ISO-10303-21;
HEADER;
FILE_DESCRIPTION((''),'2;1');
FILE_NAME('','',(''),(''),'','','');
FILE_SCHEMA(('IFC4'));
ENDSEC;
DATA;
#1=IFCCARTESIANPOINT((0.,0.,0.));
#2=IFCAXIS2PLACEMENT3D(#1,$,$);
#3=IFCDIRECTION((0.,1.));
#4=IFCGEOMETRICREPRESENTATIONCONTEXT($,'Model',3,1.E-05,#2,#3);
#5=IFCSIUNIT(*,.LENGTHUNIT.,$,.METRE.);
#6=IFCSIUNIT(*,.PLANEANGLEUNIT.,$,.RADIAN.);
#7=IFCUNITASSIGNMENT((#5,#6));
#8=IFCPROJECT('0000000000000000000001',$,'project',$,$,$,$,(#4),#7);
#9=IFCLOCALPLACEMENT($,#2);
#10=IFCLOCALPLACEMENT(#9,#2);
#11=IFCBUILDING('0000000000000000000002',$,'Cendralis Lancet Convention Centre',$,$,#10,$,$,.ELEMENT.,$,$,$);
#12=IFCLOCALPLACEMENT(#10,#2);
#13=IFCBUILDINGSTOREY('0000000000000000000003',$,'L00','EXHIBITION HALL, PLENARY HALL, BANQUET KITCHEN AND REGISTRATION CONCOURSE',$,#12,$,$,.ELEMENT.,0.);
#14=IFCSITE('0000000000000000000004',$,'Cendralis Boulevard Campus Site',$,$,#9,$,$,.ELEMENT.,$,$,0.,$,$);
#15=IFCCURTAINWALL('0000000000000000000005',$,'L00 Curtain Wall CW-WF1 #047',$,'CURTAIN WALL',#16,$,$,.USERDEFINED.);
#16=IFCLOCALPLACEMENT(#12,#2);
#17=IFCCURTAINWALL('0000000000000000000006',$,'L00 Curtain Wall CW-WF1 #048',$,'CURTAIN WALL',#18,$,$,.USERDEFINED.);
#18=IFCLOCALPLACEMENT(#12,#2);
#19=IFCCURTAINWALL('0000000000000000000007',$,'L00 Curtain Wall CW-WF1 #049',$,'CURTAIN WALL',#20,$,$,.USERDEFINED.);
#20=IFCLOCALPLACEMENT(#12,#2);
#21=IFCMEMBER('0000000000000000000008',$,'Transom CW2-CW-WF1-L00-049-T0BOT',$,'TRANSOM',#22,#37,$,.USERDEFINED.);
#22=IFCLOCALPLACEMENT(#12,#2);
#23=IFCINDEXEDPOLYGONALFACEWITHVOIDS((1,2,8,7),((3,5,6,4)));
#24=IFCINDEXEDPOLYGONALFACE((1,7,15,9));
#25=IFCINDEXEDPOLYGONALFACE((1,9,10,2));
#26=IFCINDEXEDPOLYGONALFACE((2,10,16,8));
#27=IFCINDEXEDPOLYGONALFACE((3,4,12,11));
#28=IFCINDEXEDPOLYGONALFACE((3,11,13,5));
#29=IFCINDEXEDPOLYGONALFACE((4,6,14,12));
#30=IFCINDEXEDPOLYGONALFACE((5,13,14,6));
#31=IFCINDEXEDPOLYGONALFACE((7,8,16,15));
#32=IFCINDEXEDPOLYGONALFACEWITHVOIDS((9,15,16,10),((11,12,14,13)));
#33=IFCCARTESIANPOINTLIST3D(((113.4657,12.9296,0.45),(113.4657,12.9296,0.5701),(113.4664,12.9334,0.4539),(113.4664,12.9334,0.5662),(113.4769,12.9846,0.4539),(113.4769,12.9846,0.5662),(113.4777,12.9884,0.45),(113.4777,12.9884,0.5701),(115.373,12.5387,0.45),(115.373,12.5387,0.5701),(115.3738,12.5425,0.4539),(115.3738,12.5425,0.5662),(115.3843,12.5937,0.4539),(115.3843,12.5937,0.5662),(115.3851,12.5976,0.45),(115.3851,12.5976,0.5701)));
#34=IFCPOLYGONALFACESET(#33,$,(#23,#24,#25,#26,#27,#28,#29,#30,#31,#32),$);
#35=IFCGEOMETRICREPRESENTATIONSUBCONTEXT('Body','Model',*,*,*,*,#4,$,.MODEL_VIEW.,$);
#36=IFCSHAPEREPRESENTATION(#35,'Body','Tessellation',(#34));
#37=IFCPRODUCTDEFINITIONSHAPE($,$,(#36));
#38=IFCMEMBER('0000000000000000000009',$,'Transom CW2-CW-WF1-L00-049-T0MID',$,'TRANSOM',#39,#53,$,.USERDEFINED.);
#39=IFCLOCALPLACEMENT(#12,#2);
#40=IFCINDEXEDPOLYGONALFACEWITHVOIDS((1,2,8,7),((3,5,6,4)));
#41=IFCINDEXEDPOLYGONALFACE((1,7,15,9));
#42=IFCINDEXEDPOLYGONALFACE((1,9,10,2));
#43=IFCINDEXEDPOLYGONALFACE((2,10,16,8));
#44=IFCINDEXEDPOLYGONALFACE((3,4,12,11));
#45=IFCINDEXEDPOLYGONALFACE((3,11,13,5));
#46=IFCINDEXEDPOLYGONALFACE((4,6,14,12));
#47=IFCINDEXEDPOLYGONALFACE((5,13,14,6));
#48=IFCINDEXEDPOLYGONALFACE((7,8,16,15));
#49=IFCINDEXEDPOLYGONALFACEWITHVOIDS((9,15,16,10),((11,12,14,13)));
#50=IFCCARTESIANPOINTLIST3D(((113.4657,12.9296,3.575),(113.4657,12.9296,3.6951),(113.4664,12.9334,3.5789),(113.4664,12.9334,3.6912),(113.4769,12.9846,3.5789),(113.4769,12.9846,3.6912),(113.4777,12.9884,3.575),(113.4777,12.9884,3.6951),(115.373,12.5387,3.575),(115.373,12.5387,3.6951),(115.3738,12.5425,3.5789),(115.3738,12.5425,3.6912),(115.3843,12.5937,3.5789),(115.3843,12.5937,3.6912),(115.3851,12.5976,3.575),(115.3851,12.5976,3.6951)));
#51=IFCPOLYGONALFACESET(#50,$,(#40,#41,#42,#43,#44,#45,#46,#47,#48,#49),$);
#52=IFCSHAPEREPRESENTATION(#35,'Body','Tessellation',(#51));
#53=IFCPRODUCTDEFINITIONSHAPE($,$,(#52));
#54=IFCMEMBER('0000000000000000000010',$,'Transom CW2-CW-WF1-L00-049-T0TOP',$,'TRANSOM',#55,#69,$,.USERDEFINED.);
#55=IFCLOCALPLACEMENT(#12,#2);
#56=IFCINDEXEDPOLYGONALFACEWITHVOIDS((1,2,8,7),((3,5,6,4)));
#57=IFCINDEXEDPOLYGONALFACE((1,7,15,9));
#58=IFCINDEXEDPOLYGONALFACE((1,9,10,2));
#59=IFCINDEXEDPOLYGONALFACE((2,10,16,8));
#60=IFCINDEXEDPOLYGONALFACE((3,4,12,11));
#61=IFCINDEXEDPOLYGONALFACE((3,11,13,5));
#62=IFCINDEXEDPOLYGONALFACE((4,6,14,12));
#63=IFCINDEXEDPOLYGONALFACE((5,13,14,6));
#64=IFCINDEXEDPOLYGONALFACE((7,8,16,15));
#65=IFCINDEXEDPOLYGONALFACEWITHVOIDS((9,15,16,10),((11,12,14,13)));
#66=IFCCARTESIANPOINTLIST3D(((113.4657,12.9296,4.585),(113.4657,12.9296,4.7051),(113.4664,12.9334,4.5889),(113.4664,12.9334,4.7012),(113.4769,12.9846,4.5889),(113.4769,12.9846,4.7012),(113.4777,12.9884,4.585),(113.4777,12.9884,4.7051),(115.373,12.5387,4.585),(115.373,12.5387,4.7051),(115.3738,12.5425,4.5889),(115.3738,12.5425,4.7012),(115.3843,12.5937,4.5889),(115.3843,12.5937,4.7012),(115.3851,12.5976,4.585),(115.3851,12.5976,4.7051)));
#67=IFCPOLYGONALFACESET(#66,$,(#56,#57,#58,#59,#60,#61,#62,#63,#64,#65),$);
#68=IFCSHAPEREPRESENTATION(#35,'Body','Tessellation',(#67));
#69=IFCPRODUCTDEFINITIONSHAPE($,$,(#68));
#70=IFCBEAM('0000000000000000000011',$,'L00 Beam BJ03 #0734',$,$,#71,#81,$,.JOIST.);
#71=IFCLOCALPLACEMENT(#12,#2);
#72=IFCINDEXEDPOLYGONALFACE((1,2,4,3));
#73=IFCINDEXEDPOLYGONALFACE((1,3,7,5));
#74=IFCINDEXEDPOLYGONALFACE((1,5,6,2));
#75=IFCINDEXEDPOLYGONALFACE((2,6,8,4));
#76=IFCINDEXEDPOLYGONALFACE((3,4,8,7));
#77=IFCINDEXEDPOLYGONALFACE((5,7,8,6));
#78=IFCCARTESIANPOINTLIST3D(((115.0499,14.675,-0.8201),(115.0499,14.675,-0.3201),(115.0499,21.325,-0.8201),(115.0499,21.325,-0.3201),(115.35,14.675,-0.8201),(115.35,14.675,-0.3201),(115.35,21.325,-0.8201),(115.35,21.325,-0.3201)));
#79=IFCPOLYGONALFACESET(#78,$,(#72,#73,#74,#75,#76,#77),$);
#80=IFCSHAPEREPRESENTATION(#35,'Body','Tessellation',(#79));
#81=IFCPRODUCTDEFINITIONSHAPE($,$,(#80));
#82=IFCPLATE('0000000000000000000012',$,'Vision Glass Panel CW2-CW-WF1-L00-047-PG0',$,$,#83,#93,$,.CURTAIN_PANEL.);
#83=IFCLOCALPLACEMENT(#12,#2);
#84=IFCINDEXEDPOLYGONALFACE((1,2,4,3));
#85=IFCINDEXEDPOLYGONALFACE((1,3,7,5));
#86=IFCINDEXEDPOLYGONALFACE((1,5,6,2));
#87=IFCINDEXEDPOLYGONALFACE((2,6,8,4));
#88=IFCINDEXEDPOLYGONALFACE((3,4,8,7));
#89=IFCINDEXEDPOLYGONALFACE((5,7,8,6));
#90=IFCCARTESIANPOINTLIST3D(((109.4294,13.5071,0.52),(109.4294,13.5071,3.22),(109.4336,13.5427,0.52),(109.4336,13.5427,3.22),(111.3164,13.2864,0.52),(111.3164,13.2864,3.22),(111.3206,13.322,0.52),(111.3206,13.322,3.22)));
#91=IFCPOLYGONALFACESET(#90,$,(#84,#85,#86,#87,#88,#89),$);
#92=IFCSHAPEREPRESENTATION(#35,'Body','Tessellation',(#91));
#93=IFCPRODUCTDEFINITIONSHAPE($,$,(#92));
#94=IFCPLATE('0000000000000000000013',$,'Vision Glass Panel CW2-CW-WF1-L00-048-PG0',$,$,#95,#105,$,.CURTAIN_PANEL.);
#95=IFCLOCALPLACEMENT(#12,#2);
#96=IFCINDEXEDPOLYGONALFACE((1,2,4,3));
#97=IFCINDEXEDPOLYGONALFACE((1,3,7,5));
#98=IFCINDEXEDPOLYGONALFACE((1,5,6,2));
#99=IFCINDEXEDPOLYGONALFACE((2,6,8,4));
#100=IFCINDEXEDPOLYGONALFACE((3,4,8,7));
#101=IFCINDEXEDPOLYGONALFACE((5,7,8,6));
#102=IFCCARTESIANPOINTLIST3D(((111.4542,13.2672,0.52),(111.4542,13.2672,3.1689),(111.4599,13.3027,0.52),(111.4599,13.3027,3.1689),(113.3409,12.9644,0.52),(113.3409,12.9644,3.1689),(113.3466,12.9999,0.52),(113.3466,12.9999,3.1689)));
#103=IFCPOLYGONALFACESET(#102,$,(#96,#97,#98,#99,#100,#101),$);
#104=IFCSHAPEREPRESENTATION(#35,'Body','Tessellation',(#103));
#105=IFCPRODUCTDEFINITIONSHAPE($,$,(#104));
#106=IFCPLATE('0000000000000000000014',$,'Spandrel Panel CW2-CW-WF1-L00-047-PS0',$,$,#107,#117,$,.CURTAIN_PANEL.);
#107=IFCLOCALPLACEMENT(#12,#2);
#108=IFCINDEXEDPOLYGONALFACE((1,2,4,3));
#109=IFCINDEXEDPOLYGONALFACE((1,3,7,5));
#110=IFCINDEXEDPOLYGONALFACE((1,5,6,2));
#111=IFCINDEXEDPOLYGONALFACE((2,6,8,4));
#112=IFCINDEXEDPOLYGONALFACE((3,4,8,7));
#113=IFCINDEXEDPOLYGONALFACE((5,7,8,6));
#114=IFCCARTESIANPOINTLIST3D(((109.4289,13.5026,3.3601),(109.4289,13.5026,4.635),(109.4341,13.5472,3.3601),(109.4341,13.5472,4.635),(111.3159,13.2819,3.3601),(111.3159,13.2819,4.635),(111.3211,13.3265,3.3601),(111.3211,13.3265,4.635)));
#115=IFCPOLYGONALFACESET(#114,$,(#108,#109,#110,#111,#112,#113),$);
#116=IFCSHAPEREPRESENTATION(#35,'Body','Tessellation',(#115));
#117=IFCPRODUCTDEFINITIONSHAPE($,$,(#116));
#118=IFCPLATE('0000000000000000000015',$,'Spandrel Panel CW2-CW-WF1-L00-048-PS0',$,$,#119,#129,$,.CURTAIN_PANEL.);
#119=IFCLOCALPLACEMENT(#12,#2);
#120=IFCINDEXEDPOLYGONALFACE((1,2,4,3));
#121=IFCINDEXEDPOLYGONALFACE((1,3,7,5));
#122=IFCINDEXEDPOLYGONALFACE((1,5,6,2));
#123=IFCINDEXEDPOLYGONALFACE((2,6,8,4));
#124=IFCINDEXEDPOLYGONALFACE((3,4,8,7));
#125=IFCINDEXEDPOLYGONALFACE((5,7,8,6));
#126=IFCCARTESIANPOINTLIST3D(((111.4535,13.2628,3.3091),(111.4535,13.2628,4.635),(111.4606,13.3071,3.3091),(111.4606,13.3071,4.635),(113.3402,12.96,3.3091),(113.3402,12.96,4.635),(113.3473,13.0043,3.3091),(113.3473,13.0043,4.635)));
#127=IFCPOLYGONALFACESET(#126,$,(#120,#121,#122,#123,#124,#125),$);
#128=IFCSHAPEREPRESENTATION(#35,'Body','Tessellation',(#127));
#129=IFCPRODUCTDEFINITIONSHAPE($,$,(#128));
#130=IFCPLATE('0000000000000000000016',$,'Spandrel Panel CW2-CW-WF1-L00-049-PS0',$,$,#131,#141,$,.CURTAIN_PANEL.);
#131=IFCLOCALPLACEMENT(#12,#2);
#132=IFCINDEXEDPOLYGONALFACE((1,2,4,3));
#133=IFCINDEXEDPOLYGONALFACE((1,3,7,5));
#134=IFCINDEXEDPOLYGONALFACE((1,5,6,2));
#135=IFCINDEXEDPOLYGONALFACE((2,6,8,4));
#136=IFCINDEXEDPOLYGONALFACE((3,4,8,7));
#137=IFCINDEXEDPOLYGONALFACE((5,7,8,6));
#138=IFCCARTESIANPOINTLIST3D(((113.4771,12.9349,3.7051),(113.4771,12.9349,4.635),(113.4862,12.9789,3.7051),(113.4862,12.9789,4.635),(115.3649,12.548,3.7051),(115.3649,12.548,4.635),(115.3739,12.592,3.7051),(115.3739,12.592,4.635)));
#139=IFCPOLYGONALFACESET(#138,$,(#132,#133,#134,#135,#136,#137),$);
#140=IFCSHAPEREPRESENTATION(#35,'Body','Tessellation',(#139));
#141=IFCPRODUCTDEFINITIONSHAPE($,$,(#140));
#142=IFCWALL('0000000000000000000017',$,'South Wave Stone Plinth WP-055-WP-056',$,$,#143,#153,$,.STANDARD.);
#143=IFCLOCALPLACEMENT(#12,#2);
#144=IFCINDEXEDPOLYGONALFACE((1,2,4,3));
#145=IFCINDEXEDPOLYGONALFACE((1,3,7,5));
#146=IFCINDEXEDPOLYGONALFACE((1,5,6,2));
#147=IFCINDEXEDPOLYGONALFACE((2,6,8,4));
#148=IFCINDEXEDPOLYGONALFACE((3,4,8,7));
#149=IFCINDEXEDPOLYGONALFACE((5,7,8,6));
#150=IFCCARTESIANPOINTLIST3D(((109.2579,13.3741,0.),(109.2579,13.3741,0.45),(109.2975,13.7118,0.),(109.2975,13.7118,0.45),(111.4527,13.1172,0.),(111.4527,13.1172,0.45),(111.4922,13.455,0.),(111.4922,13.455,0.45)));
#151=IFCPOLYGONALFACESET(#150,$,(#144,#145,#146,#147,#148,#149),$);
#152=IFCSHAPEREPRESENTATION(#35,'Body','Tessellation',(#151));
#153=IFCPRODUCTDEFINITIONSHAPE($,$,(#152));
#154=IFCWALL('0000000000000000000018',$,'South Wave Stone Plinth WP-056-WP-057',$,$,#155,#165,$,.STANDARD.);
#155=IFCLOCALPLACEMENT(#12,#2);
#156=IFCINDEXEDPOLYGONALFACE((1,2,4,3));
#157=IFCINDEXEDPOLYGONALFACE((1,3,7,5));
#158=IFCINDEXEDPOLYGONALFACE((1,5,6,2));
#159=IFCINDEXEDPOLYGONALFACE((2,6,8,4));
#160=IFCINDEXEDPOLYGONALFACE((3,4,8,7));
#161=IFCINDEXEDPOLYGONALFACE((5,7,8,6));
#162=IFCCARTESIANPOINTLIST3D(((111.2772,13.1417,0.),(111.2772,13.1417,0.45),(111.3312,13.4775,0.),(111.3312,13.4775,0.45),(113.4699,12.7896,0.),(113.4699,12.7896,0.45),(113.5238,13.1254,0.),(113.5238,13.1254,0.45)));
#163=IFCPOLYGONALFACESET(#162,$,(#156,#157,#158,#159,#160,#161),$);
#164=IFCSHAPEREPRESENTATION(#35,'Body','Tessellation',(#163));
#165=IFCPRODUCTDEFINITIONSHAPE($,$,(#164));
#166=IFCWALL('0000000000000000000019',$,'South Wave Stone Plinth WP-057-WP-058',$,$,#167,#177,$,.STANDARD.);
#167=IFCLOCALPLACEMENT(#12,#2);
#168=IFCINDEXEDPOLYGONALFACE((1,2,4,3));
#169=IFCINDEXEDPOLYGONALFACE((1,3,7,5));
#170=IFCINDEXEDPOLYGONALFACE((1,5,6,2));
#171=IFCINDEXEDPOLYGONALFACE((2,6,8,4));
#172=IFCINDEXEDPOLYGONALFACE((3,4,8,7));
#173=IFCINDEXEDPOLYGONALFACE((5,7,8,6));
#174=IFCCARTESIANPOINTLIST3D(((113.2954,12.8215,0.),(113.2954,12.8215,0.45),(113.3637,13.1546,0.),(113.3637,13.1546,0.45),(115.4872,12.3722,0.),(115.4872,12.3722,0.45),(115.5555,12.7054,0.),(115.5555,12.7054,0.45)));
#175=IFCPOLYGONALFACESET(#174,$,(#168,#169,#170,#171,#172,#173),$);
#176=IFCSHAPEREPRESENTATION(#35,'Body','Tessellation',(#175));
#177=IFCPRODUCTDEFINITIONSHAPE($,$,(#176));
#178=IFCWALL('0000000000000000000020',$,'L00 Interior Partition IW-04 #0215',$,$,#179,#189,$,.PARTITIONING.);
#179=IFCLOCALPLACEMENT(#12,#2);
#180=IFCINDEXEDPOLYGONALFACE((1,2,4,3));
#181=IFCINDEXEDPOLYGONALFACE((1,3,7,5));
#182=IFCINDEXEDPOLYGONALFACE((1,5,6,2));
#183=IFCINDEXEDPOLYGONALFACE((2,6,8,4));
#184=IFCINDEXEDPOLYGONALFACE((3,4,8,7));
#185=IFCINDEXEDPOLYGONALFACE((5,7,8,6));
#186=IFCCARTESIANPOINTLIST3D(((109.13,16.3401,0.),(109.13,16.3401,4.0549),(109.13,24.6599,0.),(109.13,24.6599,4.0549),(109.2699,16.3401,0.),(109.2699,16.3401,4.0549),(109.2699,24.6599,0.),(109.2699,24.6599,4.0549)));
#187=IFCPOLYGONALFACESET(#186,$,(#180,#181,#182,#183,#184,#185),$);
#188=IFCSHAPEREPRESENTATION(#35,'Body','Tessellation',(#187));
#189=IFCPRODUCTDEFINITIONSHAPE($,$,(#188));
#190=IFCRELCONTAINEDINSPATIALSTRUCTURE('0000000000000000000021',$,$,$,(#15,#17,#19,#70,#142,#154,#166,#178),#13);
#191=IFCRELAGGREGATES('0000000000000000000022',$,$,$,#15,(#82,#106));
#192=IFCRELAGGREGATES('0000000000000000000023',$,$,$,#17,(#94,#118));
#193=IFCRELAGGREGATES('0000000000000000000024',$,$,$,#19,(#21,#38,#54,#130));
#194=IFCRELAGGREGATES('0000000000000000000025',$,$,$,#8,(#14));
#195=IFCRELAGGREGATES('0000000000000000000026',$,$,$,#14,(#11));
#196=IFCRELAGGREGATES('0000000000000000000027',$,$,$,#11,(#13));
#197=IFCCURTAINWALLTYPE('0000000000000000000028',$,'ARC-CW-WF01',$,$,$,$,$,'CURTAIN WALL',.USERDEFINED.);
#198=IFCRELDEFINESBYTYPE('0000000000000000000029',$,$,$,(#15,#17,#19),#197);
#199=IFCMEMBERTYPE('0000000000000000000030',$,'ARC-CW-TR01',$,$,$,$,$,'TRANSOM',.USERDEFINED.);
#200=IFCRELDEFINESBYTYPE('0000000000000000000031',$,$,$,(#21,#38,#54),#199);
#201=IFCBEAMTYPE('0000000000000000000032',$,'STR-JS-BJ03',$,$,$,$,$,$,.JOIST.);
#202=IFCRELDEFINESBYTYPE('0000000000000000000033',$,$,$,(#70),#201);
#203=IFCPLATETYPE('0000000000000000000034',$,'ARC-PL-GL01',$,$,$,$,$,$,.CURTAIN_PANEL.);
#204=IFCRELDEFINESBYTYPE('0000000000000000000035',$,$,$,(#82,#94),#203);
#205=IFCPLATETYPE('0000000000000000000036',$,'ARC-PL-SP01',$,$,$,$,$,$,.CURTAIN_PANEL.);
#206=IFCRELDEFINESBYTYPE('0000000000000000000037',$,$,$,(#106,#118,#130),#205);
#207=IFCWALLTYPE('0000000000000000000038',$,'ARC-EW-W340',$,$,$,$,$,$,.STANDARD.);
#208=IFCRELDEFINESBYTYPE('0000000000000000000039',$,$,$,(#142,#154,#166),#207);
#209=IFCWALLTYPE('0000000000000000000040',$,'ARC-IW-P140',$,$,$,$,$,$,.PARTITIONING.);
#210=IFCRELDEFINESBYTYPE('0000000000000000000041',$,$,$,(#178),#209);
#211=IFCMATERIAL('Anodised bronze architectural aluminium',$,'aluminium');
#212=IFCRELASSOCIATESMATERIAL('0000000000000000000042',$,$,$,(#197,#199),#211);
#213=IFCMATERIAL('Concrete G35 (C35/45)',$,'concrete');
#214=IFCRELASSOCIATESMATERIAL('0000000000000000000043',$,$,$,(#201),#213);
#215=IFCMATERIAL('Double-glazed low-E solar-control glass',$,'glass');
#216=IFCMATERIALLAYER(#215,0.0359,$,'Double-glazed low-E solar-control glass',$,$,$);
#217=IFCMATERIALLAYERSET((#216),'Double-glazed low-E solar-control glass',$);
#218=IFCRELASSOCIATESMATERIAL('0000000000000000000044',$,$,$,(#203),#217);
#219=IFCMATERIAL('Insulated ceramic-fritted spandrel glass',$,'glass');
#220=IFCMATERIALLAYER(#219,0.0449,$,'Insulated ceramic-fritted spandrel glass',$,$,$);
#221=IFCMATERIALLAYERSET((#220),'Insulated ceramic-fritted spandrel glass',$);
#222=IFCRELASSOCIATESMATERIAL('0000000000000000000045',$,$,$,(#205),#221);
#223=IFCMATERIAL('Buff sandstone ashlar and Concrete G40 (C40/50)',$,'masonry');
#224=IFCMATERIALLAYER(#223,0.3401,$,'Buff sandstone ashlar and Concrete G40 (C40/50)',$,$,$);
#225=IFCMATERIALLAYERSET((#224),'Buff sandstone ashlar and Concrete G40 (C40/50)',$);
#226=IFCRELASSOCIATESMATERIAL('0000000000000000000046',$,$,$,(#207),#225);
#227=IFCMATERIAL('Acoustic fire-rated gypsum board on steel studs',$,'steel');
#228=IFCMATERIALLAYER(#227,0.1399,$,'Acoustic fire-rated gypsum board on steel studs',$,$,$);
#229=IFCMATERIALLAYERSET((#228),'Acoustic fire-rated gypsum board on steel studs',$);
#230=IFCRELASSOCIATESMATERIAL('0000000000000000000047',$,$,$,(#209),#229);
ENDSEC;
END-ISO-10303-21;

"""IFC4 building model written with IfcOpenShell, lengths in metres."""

from ifc_helpers import new_model, si_unit, direction, frame, frame_2d, origin, origin_2d, place, context, subcontext, project, spatial, rectangle, hollow_rectangle, extrude, material, layer, layer_set, material_profile, profile_set, type_object, element, aggregate, save


model = new_model("IFC4")

# Units and contexts
model_context = context("Model", 3, precision=1e-05, world=origin(), true_north=direction((0.0, 1.0)))
body_context = subcontext(model_context, "Body", "Model", "MODEL_VIEW")
ifc_project = project(units=[si_unit("LENGTHUNIT", "METRE"), si_unit("PLANEANGLEUNIT", "RADIAN")], contexts=[model_context])

# Site, building, storey
site_placement = place(None, origin())
site = spatial("IfcSite", under=ifc_project, at=site_placement, Name="Cendralis Boulevard Campus Site", CompositionType="ELEMENT", RefElevation=0.0)
building_placement = place(site_placement, origin())
building = spatial("IfcBuilding", under=site, at=building_placement, Name="Cendralis Lancet Convention Centre", CompositionType="ELEMENT")
storey_placement = place(building_placement, origin())
storey = spatial("IfcBuildingStorey", under=building, at=storey_placement, Name="L00", Description="EXHIBITION HALL, PLENARY HALL, BANQUET KITCHEN AND REGISTRATION CONCOURSE", CompositionType="ELEMENT", Elevation=0.0)

# Shared definitions
ifc_material_1 = material(Name="Concrete G35 (C35/45)", Category="concrete")

# Shared definitions
ifc_material_2 = material(Name="Anodised bronze architectural aluminium", Category="aluminium")
curtain_wall_type = type_object("IfcCurtainWallType", Name="ARC-CW-WF01", ElementType="CURTAIN WALL", PredefinedType="USERDEFINED", material=ifc_material_2)

# Curtain walls
curtain_wall_1_placement = place(storey_placement, origin())
curtain_wall_1 = element("IfcCurtainWall", 1, at=curtain_wall_1_placement, inside=storey, type_object=curtain_wall_type, Name="L00 Curtain Wall CW-WF1 #047", ObjectType="CURTAIN WALL", PredefinedType="USERDEFINED")
curtain_wall_2_placement = place(storey_placement, origin())
curtain_wall_2 = element("IfcCurtainWall", 2, at=curtain_wall_2_placement, inside=storey, type_object=curtain_wall_type, Name="L00 Curtain Wall CW-WF1 #048", ObjectType="CURTAIN WALL", PredefinedType="USERDEFINED")

# Curtain wall
curtain_wall_3_placement = place(storey_placement, origin())
curtain_wall_3 = element("IfcCurtainWall", 3, at=curtain_wall_3_placement, inside=storey, type_object=curtain_wall_type, Name="L00 Curtain Wall CW-WF1 #049", ObjectType="CURTAIN WALL", PredefinedType="USERDEFINED")

# Members
ifc_material_profile_1 = material_profile(ifc_material_2, hollow_rectangle(XDim=0.0601, YDim=0.1201, WallThickness=0.0039, at=origin_2d()), Name="AL-TRAN 60x120x4.0")
ifc_profile_set_1 = profile_set([ifc_material_profile_1], Name="Anodised bronze architectural aluminium")
member_type_1 = type_object("IfcMemberType", Name="ARC-CW-TR01", ElementType="TRANSOM", PredefinedType="USERDEFINED", material=ifc_profile_set_1)
member_1_placement = place(storey_placement, frame((113.4717, 12.959, 0.51), z_axis=(0.979644, -0.200744, 0.0), x_axis=(0.200744, 0.979644, 0.0)))
member_1 = element("IfcMember", 4, at=member_1_placement, type_object=member_type_1, Name="Transom CW2-CW-WF1-L00-049-T0BOT", ObjectType="TRANSOM", PredefinedType="USERDEFINED", context=body_context, shape_type="SweptSolid", body=[
    extrude(hollow_rectangle(XDim=0.0601, YDim=0.1201, WallThickness=0.0039, at=origin_2d()), origin(), (0.0, 0.0, 1.0), 1.947),
])
member_2_placement = place(storey_placement, frame((113.4717, 12.959, 3.635), z_axis=(0.979644, -0.200744, 0.0), x_axis=(0.200744, 0.979644, 0.0)))
member_2 = element("IfcMember", 5, at=member_2_placement, type_object=member_type_1, Name="Transom CW2-CW-WF1-L00-049-T0MID", ObjectType="TRANSOM", PredefinedType="USERDEFINED", context=body_context, shape_type="SweptSolid", body=[
    extrude(hollow_rectangle(XDim=0.0601, YDim=0.1201, WallThickness=0.0039, at=origin_2d()), origin(), (0.0, 0.0, 1.0), 1.947),
])
member_3_placement = place(storey_placement, frame((113.4717, 12.959, 4.645), z_axis=(0.979644, -0.200744, 0.0), x_axis=(0.200744, 0.979644, 0.0)))
member_3 = element("IfcMember", 6, at=member_3_placement, type_object=member_type_1, Name="Transom CW2-CW-WF1-L00-049-T0TOP", ObjectType="TRANSOM", PredefinedType="USERDEFINED", context=body_context, shape_type="SweptSolid", body=[
    extrude(hollow_rectangle(XDim=0.0601, YDim=0.1201, WallThickness=0.0039, at=origin_2d()), origin(), (0.0, 0.0, 1.0), 1.947),
])

# Beam
ifc_material_profile_2 = material_profile(ifc_material_1, rectangle(XDim=0.3, YDim=0.5, at=origin_2d()), Name="RCB 300x500")
ifc_profile_set_2 = profile_set([ifc_material_profile_2], Name="Concrete G35 (C35/45)")
beam_type = type_object("IfcBeamType", Name="STR-JS-BJ03", PredefinedType="JOIST", material=ifc_profile_set_2)
beam_placement = place(storey_placement, frame((115.2, 14.675, -0.5701), z_axis=(0.0, 1.0, 0.0), x_axis=(-1.0, 0.0, 0.0)))
element("IfcBeam", 7, at=beam_placement, inside=storey, type_object=beam_type, Name="L00 Beam BJ03 #0734", PredefinedType="JOIST", context=body_context, shape_type="SweptSolid", body=[
    extrude(rectangle(XDim=0.3, YDim=0.5, at=origin_2d()), origin(), (0.0, 0.0, 1.0), 6.6499),
])

# Plates
ifc_material_3 = material(Name="Double-glazed low-E solar-control glass", Category="glass")
ifc_layer_1 = layer(ifc_material_3, 0.0359, Name="Double-glazed low-E solar-control glass")
ifc_layer_set_1 = layer_set([ifc_layer_1], Name="Double-glazed low-E solar-control glass")
plate_type_1 = type_object("IfcPlateType", Name="ARC-PL-GL01", PredefinedType="CURTAIN_PANEL", material=ifc_layer_set_1)
plate_1_placement = place(storey_placement, frame((110.375, 13.4146, 0.52), z_axis=(0.0, 0.0, 1.0), x_axis=(0.993227, -0.116187, 0.0)))
plate_1 = element("IfcPlate", 8, at=plate_1_placement, type_object=plate_type_1, Name="Vision Glass Panel CW2-CW-WF1-L00-047-PG0", PredefinedType="CURTAIN_PANEL", context=body_context, shape_type="SweptSolid", body=[
    extrude(rectangle(XDim=1.8999, YDim=0.0359, at=origin_2d()), origin(), (0.0, 0.0, 1.0), 2.7),
])
plate_2_placement = place(storey_placement, frame((112.4004, 13.1335, 0.52), z_axis=(0.0, 0.0, 1.0), x_axis=(0.987364, -0.158466, 0.0)))
plate_2 = element("IfcPlate", 9, at=plate_2_placement, type_object=plate_type_1, Name="Vision Glass Panel CW2-CW-WF1-L00-048-PG0", PredefinedType="CURTAIN_PANEL", context=body_context, shape_type="SweptSolid", body=[
    extrude(rectangle(XDim=1.9109, YDim=0.0359, at=origin_2d()), origin(), (0.0, 0.0, 1.0), 2.6489),
])
ifc_material_4 = material(Name="Insulated ceramic-fritted spandrel glass", Category="glass")
ifc_layer_2 = layer(ifc_material_4, 0.0449, Name="Insulated ceramic-fritted spandrel glass")
ifc_layer_set_2 = layer_set([ifc_layer_2], Name="Insulated ceramic-fritted spandrel glass")
plate_type_2 = type_object("IfcPlateType", Name="ARC-PL-SP01", PredefinedType="CURTAIN_PANEL", material=ifc_layer_set_2)
plate_3_placement = place(storey_placement, frame((110.375, 13.4146, 3.3601), z_axis=(0.0, 0.0, 1.0), x_axis=(0.993227, -0.116187, 0.0)))
plate_3 = element("IfcPlate", 10, at=plate_3_placement, type_object=plate_type_2, Name="Spandrel Panel CW2-CW-WF1-L00-047-PS0", PredefinedType="CURTAIN_PANEL", context=body_context, shape_type="SweptSolid", body=[
    extrude(rectangle(XDim=1.8999, YDim=0.0449, at=origin_2d()), origin(), (0.0, 0.0, 1.0), 1.2749),
])
aggregate(curtain_wall_1, [plate_1, plate_3])
plate_4_placement = place(storey_placement, frame((112.4004, 13.1335, 3.3091), z_axis=(0.0, 0.0, 1.0), x_axis=(0.987364, -0.158466, 0.0)))
plate_4 = element("IfcPlate", 11, at=plate_4_placement, type_object=plate_type_2, Name="Spandrel Panel CW2-CW-WF1-L00-048-PS0", PredefinedType="CURTAIN_PANEL", context=body_context, shape_type="SweptSolid", body=[
    extrude(rectangle(XDim=1.9109, YDim=0.0449, at=origin_2d()), origin(), (0.0, 0.0, 1.0), 1.3259),
])
aggregate(curtain_wall_2, [plate_2, plate_4])
plate_5_placement = place(storey_placement, frame((114.4255, 12.7634, 3.7051), z_axis=(0.0, 0.0, 1.0), x_axis=(0.979639, -0.200766, 0.0)))
plate_5 = element("IfcPlate", 12, at=plate_5_placement, type_object=plate_type_2, Name="Spandrel Panel CW2-CW-WF1-L00-049-PS0", PredefinedType="CURTAIN_PANEL", context=body_context, shape_type="SweptSolid", body=[
    extrude(rectangle(XDim=1.927, YDim=0.0449, at=origin_2d()), origin(), (0.0, 0.0, 1.0), 0.9299),
])
aggregate(curtain_wall_3, [member_1, member_2, member_3, plate_5])

# Walls
ifc_material_5 = material(Name="Buff sandstone ashlar and Concrete G40 (C40/50)", Category="masonry")
ifc_layer_3 = layer(ifc_material_5, 0.3401, Name="Buff sandstone ashlar and Concrete G40 (C40/50)")
ifc_layer_set_3 = layer_set([ifc_layer_3], Name="Buff sandstone ashlar and Concrete G40 (C40/50)")
wall_type_1 = type_object("IfcWallType", Name="ARC-EW-W340", PredefinedType="STANDARD", material=ifc_layer_set_3)
wall_1_placement = place(storey_placement, frame((109.2776, 13.543, 0.0), z_axis=(0.0, 0.0, 1.0), x_axis=(0.993223, -0.116226, 0.0)))
element("IfcWall", 13, at=wall_1_placement, inside=storey, type_object=wall_type_1, Name="South Wave Stone Plinth WP-055-WP-056", PredefinedType="STANDARD", context=body_context, shape_type="SweptSolid", body=[
    extrude(rectangle(XDim=2.2097, YDim=0.3401, at=frame_2d((1.105, 0.0))), origin(), (0.0, 0.0, 1.0), 0.45),
])
wall_2_placement = place(storey_placement, frame((111.3042, 13.3096, 0.0), z_axis=(0.0, 0.0, 1.0), x_axis=(0.987354, -0.158531, 0.0)))
element("IfcWall", 14, at=wall_2_placement, inside=storey, type_object=wall_type_1, Name="South Wave Stone Plinth WP-056-WP-057", PredefinedType="STANDARD", context=body_context, shape_type="SweptSolid", body=[
    extrude(rectangle(XDim=2.2207, YDim=0.3401, at=frame_2d((1.1104, 0.0))), origin(), (0.0, 0.0, 1.0), 0.45),
])
wall_3_placement = place(storey_placement, frame((113.3296, 12.988, 0.0), z_axis=(0.0, 0.0, 1.0), x_axis=(0.979634, -0.200794, 0.0)))
element("IfcWall", 15, at=wall_3_placement, inside=storey, type_object=wall_type_1, Name="South Wave Stone Plinth WP-057-WP-058", PredefinedType="STANDARD", context=body_context, shape_type="SweptSolid", body=[
    extrude(rectangle(XDim=2.2373, YDim=0.3401, at=frame_2d((1.1187, 0.0))), origin(), (0.0, 0.0, 1.0), 0.45),
])
ifc_material_6 = material(Name="Acoustic fire-rated gypsum board on steel studs", Category="steel")
ifc_layer_4 = layer(ifc_material_6, 0.1399, Name="Acoustic fire-rated gypsum board on steel studs")
ifc_layer_set_4 = layer_set([ifc_layer_4], Name="Acoustic fire-rated gypsum board on steel studs")
wall_type_2 = type_object("IfcWallType", Name="ARC-IW-P140", PredefinedType="PARTITIONING", material=ifc_layer_set_4)
wall_4_placement = place(storey_placement, frame((109.2, 16.3401, 0.0), z_axis=(0.0, 0.0, 1.0), x_axis=(0.0, 1.0, 0.0)))
element("IfcWall", 16, at=wall_4_placement, inside=storey, type_object=wall_type_2, Name="L00 Interior Partition IW-04 #0215", PredefinedType="PARTITIONING", context=body_context, shape_type="SweptSolid", body=[
    extrude(rectangle(XDim=8.3198, YDim=0.1399, at=frame_2d((4.1599, 0.0))), origin(), (0.0, 0.0, 1.0), 4.0549),
])

save(model, "model.ifc")
